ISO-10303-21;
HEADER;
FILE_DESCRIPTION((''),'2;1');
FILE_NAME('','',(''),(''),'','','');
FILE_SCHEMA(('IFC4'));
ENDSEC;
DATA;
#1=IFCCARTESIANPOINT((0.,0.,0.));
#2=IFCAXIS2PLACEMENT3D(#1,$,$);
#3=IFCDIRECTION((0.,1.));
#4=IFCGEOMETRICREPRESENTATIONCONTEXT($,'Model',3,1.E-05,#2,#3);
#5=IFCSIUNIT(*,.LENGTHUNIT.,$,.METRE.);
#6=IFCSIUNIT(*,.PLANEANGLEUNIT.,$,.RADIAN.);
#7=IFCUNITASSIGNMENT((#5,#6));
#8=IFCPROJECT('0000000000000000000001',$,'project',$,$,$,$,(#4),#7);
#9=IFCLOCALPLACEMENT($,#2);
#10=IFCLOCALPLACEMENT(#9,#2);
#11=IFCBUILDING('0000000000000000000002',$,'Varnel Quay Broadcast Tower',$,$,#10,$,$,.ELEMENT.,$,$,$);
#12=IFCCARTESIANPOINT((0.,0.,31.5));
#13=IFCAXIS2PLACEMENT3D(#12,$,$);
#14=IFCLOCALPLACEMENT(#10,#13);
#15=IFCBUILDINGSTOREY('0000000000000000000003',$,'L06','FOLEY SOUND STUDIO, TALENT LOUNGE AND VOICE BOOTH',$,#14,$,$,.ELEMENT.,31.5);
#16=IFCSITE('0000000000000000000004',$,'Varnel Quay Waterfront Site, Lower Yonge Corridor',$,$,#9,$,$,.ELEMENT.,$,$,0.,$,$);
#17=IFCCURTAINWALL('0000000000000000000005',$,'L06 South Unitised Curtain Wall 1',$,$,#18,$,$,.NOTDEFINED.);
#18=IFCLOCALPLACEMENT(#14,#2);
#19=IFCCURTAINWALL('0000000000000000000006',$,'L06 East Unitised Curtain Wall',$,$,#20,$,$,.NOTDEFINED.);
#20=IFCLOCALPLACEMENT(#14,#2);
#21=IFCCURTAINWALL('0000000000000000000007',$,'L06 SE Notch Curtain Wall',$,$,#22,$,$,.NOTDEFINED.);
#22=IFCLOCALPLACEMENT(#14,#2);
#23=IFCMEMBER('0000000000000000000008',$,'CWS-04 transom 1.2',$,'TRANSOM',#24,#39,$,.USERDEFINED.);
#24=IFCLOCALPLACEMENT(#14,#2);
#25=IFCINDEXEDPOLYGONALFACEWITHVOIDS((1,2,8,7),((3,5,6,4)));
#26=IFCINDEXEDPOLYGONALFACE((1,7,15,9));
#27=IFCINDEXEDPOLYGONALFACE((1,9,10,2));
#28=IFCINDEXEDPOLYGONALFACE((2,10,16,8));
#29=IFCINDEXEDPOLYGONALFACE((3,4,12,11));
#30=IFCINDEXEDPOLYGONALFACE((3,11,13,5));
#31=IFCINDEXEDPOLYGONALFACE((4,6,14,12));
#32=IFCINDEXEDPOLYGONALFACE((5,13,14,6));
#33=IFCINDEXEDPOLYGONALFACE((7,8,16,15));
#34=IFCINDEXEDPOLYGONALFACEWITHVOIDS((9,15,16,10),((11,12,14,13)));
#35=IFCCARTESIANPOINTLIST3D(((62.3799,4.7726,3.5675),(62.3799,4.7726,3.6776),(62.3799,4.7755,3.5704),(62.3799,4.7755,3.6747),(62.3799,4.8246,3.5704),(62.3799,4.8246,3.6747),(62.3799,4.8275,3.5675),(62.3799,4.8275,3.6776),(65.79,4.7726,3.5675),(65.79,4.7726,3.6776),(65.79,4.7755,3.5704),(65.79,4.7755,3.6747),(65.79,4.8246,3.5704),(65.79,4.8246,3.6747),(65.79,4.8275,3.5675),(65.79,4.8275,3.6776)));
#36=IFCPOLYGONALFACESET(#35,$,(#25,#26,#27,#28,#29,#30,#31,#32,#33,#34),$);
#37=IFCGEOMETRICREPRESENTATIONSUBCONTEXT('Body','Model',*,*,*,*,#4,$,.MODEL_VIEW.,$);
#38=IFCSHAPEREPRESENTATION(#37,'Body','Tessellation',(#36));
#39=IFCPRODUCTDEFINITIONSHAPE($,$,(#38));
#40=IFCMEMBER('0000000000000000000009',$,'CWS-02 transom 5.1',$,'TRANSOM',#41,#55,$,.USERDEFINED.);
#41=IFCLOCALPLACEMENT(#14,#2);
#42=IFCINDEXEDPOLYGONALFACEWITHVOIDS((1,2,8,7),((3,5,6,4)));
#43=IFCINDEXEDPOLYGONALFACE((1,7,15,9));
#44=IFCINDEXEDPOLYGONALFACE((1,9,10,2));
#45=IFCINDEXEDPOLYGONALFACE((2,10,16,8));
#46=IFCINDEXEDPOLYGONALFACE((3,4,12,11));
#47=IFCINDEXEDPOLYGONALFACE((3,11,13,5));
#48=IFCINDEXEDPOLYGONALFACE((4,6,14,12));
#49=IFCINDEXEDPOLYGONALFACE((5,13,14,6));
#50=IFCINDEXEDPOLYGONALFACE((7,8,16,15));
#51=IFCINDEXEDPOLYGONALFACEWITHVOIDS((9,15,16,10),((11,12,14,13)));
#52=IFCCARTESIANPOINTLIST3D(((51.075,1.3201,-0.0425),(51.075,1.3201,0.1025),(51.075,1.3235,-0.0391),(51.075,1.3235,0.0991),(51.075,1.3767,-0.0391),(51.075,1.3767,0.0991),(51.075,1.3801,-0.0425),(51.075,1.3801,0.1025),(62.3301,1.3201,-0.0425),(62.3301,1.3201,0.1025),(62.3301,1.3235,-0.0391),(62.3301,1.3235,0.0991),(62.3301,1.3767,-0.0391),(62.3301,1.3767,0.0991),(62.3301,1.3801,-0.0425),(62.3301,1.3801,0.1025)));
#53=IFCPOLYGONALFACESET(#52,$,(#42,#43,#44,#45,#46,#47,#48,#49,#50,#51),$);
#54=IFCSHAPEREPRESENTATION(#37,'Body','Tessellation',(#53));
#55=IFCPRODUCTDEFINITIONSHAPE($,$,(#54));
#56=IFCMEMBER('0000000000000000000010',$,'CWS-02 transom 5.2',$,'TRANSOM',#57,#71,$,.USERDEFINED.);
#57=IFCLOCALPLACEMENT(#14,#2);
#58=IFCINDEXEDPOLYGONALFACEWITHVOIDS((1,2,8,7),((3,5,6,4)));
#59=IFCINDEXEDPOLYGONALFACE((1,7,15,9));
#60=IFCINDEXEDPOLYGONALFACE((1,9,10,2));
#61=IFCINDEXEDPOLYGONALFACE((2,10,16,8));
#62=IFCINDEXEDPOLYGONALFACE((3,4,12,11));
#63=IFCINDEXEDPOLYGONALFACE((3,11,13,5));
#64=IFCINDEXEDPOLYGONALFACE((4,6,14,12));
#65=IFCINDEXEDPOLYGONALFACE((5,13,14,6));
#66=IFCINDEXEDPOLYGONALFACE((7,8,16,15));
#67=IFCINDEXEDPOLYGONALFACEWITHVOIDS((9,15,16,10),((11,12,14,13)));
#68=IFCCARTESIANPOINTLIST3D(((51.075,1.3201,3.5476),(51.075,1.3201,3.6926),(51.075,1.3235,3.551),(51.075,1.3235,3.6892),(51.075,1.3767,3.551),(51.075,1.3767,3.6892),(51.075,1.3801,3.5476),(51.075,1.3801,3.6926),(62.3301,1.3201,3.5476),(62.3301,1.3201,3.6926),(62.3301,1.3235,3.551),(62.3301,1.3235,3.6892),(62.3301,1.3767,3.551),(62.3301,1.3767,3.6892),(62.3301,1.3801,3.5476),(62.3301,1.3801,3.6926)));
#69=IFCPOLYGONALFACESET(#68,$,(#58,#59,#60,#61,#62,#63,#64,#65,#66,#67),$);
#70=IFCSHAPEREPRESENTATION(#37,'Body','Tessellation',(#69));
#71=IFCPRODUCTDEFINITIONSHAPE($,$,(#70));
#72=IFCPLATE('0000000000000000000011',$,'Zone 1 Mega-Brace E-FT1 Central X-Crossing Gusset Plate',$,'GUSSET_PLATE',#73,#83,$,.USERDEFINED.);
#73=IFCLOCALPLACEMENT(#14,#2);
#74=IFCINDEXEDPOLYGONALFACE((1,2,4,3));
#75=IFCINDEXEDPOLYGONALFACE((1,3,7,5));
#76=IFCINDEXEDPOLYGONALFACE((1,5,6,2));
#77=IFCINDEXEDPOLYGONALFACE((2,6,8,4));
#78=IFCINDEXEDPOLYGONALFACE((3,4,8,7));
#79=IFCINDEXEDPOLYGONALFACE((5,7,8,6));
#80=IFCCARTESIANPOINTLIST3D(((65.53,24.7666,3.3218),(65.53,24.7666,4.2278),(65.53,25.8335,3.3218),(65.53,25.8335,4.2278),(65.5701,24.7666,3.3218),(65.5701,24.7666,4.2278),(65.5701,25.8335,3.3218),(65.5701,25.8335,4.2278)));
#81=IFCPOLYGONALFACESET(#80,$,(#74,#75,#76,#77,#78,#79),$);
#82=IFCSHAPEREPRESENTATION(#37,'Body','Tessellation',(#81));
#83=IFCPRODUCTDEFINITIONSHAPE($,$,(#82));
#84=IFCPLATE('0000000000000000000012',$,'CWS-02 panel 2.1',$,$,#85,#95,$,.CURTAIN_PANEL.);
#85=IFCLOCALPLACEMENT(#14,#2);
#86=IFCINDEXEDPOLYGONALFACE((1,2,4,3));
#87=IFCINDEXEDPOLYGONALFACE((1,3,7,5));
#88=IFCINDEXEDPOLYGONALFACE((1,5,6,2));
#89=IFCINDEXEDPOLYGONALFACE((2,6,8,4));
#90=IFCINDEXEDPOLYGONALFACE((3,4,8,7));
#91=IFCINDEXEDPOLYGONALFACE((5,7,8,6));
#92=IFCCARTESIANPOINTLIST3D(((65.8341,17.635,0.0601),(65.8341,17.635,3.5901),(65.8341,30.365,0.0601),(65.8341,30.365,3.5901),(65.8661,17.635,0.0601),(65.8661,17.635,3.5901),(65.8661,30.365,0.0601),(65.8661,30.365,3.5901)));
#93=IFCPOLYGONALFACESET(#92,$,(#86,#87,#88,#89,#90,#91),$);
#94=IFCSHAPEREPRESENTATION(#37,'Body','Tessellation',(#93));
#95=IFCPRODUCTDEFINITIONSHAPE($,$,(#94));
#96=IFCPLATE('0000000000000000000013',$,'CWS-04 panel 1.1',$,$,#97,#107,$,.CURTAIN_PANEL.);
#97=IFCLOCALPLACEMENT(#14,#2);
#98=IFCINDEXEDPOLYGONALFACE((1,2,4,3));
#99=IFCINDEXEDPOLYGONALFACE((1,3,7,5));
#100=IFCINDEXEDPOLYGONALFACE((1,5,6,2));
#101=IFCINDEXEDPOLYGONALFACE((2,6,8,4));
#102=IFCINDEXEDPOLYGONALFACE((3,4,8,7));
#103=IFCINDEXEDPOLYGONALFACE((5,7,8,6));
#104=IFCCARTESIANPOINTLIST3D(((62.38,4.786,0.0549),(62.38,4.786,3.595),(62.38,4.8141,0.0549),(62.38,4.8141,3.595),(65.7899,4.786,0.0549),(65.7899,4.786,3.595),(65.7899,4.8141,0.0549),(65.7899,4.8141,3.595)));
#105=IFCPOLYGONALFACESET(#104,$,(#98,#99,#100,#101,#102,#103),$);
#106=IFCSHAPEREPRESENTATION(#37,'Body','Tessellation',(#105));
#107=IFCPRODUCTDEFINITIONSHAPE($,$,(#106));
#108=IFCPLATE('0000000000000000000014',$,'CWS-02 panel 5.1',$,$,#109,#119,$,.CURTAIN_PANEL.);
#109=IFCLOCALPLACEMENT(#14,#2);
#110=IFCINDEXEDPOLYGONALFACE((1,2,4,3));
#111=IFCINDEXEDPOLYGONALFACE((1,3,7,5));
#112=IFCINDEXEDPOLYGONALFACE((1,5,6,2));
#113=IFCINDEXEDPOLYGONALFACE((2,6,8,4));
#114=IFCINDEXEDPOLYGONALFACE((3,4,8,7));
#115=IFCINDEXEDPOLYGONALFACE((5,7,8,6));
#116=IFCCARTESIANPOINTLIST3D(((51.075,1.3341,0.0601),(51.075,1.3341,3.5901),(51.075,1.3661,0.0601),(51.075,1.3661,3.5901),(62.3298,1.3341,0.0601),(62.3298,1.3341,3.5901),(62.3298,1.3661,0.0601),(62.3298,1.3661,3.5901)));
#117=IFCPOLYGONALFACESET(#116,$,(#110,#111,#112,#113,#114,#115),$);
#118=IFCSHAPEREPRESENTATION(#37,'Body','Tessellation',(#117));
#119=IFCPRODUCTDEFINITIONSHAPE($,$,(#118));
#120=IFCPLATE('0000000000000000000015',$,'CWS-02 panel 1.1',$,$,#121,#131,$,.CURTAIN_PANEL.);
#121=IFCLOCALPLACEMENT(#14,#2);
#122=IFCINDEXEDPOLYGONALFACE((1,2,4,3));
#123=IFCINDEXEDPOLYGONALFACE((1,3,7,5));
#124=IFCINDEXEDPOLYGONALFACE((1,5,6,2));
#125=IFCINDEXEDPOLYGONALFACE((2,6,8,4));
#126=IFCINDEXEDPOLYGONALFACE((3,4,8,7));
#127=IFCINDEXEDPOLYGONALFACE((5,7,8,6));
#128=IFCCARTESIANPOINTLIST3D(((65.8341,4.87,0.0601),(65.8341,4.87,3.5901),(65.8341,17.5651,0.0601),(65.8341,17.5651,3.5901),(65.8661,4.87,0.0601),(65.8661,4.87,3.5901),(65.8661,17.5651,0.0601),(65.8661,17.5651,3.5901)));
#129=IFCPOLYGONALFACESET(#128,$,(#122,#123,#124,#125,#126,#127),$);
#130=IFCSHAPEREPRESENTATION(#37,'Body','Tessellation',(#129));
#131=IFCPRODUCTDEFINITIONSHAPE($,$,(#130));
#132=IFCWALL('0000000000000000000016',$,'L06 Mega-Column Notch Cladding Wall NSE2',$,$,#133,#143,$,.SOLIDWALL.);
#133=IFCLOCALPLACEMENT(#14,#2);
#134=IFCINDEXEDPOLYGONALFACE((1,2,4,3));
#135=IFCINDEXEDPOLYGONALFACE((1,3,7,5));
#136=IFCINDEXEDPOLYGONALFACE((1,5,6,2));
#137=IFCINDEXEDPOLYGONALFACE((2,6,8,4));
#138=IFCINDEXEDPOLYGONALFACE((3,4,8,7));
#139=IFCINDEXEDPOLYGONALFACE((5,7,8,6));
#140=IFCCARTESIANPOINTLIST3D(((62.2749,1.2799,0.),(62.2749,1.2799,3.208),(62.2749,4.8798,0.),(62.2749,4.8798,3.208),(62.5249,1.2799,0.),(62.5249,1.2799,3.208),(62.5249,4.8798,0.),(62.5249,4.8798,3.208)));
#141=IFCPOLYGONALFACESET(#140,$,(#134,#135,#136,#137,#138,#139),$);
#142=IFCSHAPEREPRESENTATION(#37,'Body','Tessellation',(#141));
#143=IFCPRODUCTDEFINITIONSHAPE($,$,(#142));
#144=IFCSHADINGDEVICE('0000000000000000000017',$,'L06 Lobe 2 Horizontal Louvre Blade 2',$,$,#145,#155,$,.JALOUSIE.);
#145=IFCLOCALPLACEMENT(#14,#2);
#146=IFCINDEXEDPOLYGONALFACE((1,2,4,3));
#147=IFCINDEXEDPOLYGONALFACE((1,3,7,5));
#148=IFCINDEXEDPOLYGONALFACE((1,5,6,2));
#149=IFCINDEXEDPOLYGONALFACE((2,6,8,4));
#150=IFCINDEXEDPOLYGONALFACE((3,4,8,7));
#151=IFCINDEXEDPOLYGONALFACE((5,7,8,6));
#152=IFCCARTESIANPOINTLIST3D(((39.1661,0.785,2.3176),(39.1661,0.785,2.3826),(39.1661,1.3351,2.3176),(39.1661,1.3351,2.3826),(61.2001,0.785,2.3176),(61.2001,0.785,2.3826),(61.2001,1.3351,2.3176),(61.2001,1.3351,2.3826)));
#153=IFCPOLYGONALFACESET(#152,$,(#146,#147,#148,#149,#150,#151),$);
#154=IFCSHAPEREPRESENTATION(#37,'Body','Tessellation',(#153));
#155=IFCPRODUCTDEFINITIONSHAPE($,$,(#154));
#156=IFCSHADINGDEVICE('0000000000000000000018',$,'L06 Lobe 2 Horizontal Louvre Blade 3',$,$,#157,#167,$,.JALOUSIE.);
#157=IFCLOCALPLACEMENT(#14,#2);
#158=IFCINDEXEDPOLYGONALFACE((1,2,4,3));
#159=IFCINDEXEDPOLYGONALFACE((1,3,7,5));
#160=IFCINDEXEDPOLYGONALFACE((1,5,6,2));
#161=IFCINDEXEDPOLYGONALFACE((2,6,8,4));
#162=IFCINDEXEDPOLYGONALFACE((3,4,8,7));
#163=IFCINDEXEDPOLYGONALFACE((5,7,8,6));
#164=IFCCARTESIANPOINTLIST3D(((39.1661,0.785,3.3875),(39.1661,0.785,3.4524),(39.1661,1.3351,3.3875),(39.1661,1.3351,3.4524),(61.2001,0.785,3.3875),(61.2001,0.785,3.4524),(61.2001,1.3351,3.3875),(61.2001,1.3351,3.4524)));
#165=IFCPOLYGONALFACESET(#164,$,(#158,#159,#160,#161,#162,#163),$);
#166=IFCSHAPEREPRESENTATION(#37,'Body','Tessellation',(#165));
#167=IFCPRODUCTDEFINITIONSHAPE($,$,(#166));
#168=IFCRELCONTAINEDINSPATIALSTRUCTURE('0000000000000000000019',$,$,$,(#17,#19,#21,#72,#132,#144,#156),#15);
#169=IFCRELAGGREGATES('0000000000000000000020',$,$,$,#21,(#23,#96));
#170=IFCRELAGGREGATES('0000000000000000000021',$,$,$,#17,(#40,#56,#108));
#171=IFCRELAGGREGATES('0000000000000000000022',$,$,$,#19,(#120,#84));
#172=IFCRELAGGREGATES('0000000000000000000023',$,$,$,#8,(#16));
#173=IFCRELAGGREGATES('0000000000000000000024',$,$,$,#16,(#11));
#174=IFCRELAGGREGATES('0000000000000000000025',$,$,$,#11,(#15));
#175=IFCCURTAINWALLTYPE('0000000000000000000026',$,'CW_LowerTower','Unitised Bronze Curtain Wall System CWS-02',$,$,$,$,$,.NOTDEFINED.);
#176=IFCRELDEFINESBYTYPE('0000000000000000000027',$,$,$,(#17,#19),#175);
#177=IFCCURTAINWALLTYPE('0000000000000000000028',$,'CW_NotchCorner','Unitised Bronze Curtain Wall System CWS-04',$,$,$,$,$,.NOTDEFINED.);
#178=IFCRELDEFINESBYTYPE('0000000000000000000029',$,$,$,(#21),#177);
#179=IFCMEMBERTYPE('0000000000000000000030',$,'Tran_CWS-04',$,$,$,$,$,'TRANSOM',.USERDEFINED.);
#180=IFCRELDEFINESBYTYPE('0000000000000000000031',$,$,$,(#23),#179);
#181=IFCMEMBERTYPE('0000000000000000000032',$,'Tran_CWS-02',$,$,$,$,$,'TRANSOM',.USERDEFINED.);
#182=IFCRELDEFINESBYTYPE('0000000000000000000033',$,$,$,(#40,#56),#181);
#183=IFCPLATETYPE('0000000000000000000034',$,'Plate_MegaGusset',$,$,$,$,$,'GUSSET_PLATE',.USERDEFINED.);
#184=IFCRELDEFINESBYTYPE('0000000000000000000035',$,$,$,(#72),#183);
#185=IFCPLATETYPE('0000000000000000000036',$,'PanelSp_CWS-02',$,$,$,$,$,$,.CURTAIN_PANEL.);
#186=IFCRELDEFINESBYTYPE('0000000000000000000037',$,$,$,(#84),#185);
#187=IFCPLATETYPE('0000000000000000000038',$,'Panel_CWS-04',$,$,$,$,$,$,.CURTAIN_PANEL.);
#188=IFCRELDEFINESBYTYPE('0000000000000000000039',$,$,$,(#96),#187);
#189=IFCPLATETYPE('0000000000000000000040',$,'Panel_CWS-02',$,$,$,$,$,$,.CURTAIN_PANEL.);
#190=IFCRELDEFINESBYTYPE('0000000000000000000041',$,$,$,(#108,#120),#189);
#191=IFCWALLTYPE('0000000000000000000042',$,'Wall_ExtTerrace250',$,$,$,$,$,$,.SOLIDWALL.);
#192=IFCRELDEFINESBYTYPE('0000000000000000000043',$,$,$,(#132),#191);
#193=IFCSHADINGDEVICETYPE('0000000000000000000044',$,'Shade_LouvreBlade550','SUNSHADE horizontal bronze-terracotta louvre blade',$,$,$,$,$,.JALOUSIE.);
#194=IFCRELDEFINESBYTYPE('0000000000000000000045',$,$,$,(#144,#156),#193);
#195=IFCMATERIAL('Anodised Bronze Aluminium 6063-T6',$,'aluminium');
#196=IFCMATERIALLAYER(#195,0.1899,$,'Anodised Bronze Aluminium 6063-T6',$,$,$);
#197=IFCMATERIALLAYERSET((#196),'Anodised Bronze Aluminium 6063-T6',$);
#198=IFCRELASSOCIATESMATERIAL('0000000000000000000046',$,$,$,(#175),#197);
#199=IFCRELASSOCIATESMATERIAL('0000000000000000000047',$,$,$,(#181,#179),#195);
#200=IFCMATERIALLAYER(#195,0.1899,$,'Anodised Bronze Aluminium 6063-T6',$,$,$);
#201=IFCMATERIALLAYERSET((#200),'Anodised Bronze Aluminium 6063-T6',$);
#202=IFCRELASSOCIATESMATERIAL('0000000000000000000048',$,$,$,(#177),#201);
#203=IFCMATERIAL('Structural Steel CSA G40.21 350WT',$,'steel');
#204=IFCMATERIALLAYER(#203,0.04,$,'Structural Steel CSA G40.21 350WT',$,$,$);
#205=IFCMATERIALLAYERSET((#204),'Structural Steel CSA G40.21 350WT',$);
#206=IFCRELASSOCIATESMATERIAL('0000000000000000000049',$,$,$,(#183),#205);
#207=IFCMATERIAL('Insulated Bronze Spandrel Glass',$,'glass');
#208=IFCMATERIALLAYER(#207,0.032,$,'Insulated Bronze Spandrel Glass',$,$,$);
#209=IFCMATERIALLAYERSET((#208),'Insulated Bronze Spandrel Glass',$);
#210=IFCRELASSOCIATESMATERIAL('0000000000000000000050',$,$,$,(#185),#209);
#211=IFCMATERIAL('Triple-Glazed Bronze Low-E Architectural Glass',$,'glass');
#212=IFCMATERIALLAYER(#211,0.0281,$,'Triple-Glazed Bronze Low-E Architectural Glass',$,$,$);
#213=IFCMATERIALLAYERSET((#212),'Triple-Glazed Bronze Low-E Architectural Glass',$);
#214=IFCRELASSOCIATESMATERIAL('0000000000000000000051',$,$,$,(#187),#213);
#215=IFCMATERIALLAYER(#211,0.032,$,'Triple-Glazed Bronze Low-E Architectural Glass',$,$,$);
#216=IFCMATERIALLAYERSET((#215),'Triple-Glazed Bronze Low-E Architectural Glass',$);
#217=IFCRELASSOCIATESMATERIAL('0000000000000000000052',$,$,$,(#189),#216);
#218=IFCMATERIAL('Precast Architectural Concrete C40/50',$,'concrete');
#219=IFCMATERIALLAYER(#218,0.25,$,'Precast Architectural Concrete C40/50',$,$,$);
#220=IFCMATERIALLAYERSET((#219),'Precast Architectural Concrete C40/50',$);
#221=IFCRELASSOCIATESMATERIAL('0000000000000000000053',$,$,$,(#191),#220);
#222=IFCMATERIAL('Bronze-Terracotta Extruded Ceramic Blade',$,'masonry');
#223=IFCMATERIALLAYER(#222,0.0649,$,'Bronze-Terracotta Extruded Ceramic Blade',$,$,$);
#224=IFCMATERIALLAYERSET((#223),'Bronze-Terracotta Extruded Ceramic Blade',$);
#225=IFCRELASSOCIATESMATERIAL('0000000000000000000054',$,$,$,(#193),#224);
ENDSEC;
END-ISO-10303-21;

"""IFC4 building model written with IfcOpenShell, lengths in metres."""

from ifc_helpers import new_model, si_unit, direction, frame, frame_2d, origin, origin_2d, place, context, subcontext, project, spatial, rectangle, hollow_rectangle, extrude, source, transform, mapped, material, layer, layer_set, material_profile, profile_set, type_object, type_shapes, element, aggregate, save


model = new_model("IFC4")

# Units and contexts
model_context = context("Model", 3, precision=1e-05, world=origin(), true_north=direction((0.0, 1.0)))
body_context = subcontext(model_context, "Body", "Model", "MODEL_VIEW")
ifc_project = project(units=[si_unit("LENGTHUNIT", "METRE"), si_unit("PLANEANGLEUNIT", "RADIAN")], contexts=[model_context])

# Site, building, storey
site_placement = place(None, origin())
site = spatial("IfcSite", under=ifc_project, at=site_placement, Name="Varnel Quay Waterfront Site, Lower Yonge Corridor", CompositionType="ELEMENT", RefElevation=0.0)
building_placement = place(site_placement, origin())
building = spatial("IfcBuilding", under=site, at=building_placement, Name="Varnel Quay Broadcast Tower", CompositionType="ELEMENT")
storey_placement = place(building_placement, frame((0.0, 0.0, 31.5)))
storey = spatial("IfcBuildingStorey", under=building, at=storey_placement, Name="L06", Description="FOLEY SOUND STUDIO, TALENT LOUNGE AND VOICE BOOTH", CompositionType="ELEMENT", Elevation=31.5)

# Shared definitions
ifc_material_1 = material(Name="Structural Steel CSA G40.21 350WT", Category="steel")

# Curtain walls, member
ifc_material_2 = material(Name="Anodised Bronze Aluminium 6063-T6", Category="aluminium")
ifc_layer_1 = layer(ifc_material_2, 0.1899, Name="Anodised Bronze Aluminium 6063-T6")
ifc_layer_set_1 = layer_set([ifc_layer_1], Name="Anodised Bronze Aluminium 6063-T6")
curtain_wall_type_1 = type_object("IfcCurtainWallType", Name="CW_LowerTower", Description="Unitised Bronze Curtain Wall System CWS-02", PredefinedType="NOTDEFINED", material=ifc_layer_set_1)
curtain_wall_1_placement = place(storey_placement, origin())
curtain_wall_1 = element("IfcCurtainWall", 1, at=curtain_wall_1_placement, inside=storey, type_object=curtain_wall_type_1, Name="L06 South Unitised Curtain Wall 1", PredefinedType="NOTDEFINED")
curtain_wall_2_placement = place(storey_placement, origin())
curtain_wall_2 = element("IfcCurtainWall", 2, at=curtain_wall_2_placement, inside=storey, type_object=curtain_wall_type_1, Name="L06 East Unitised Curtain Wall", PredefinedType="NOTDEFINED")
ifc_material_profile_1 = material_profile(ifc_material_2, hollow_rectangle(XDim=0.0601, YDim=0.145, WallThickness=0.0034, at=origin_2d()), Name="ALU60X145X3.5")
ifc_profile_set_1 = profile_set([ifc_material_profile_1], Name="Anodised Bronze Aluminium 6063-T6")
member_type_1 = type_object("IfcMemberType", Name="Tran_CWS-02", ElementType="TRANSOM", PredefinedType="USERDEFINED", material=ifc_profile_set_1)
ifc_layer_2 = layer(ifc_material_2, 0.1899, Name="Anodised Bronze Aluminium 6063-T6")
ifc_layer_set_2 = layer_set([ifc_layer_2], Name="Anodised Bronze Aluminium 6063-T6")
curtain_wall_type_2 = type_object("IfcCurtainWallType", Name="CW_NotchCorner", Description="Unitised Bronze Curtain Wall System CWS-04", PredefinedType="NOTDEFINED", material=ifc_layer_set_2)
curtain_wall_3_placement = place(storey_placement, origin())
curtain_wall_3 = element("IfcCurtainWall", 3, at=curtain_wall_3_placement, inside=storey, type_object=curtain_wall_type_2, Name="L06 SE Notch Curtain Wall", PredefinedType="NOTDEFINED")
ifc_material_profile_2 = material_profile(ifc_material_2, hollow_rectangle(XDim=0.0549, YDim=0.1101, WallThickness=0.0029, at=origin_2d()), Name="ALU55X110X3")
ifc_profile_set_2 = profile_set([ifc_material_profile_2], Name="Anodised Bronze Aluminium 6063-T6")
member_type_2 = type_object("IfcMemberType", Name="Tran_CWS-04", ElementType="TRANSOM", PredefinedType="USERDEFINED", material=ifc_profile_set_2)
shared_shape_1 = source(origin(), body_context, "Body", "SweptSolid", [
    extrude(hollow_rectangle(XDim=0.0549, YDim=0.1101, WallThickness=0.0029, at=origin_2d()), origin(), (0.0, 0.0, 1.0), 3.4102),
])
type_shapes(member_type_2, [shared_shape_1])
member_1_placement = place(storey_placement, frame((62.3799, 4.8, 3.6226), z_axis=(1.0, 0.0, 0.0), x_axis=(0.0, 1.0, 0.0)))
member_1 = element("IfcMember", 4, at=member_1_placement, type_object=member_type_2, Name="CWS-04 transom 1.2", ObjectType="TRANSOM", PredefinedType="USERDEFINED", context=body_context, shape_type="MappedRepresentation", body=[
    mapped(shared_shape_1, transform((0.0, 0.0, 0.0), x_axis=(1.0, 0.0, 0.0), y_axis=(0.0, 1.0, 0.0), z_axis=(0.0, 0.0, 1.0), scale=1.0)),
])

# Members
shared_shape_2 = source(origin(), body_context, "Body", "SweptSolid", [
    extrude(hollow_rectangle(XDim=0.0601, YDim=0.145, WallThickness=0.0034, at=origin_2d()), origin(), (0.0, 0.0, 1.0), 11.2551),
])
member_2_placement = place(storey_placement, frame((51.075, 1.3501, 0.03), z_axis=(1.0, 0.0, 0.0), x_axis=(0.0, 1.0, 0.0)))
member_2 = element("IfcMember", 5, at=member_2_placement, type_object=member_type_1, Name="CWS-02 transom 5.1", ObjectType="TRANSOM", PredefinedType="USERDEFINED", context=body_context, shape_type="MappedRepresentation", body=[
    mapped(shared_shape_2, transform((0.0, 0.0, 0.0), x_axis=(1.0, 0.0, 0.0), y_axis=(0.0, 1.0, 0.0), z_axis=(0.0, 0.0, 1.0), scale=1.0)),
])
member_3_placement = place(storey_placement, frame((51.075, 1.3501, 3.6201), z_axis=(1.0, 0.0, 0.0), x_axis=(0.0, 1.0, 0.0)))
member_3 = element("IfcMember", 6, at=member_3_placement, type_object=member_type_1, Name="CWS-02 transom 5.2", ObjectType="TRANSOM", PredefinedType="USERDEFINED", context=body_context, shape_type="MappedRepresentation", body=[
    mapped(shared_shape_2, transform((0.0, 0.0, 0.0), x_axis=(1.0, 0.0, 0.0), y_axis=(0.0, 1.0, 0.0), z_axis=(0.0, 0.0, 1.0), scale=1.0)),
])

# Plates
ifc_layer_3 = layer(ifc_material_1, 0.04, Name="Structural Steel CSA G40.21 350WT")
ifc_layer_set_3 = layer_set([ifc_layer_3], Name="Structural Steel CSA G40.21 350WT")
plate_type_1 = type_object("IfcPlateType", Name="Plate_MegaGusset", ElementType="GUSSET_PLATE", PredefinedType="USERDEFINED", material=ifc_layer_set_3)
shared_shape_3 = source(origin(), body_context, "Body", "SweptSolid", [
    extrude(rectangle(XDim=1.0669, YDim=0.04, at=origin_2d()), origin(), (0.0, 0.0, 1.0), 0.906),
])
type_shapes(plate_type_1, [shared_shape_3])
plate_1_placement = place(storey_placement, frame((65.55, 25.3, 3.3218), z_axis=(0.0, 0.0, 1.0), x_axis=(0.0, 1.0, 0.0)))
element("IfcPlate", 7, at=plate_1_placement, inside=storey, type_object=plate_type_1, Name="Zone 1 Mega-Brace E-FT1 Central X-Crossing Gusset Plate", ObjectType="GUSSET_PLATE", PredefinedType="USERDEFINED", context=body_context, shape_type="MappedRepresentation", body=[
    mapped(shared_shape_3, transform((0.0, 0.0, 0.0), x_axis=(1.0, 0.0, 0.0), y_axis=(0.0, 1.0, 0.0), z_axis=(0.0, 0.0, 1.0), scale=1.0)),
])
ifc_material_3 = material(Name="Insulated Bronze Spandrel Glass", Category="glass")
ifc_layer_4 = layer(ifc_material_3, 0.032, Name="Insulated Bronze Spandrel Glass")
ifc_layer_set_4 = layer_set([ifc_layer_4], Name="Insulated Bronze Spandrel Glass")
plate_type_2 = type_object("IfcPlateType", Name="PanelSp_CWS-02", PredefinedType="CURTAIN_PANEL", material=ifc_layer_set_4)
shared_shape_4 = source(origin(), body_context, "Body", "SweptSolid", [
    extrude(rectangle(XDim=12.73, YDim=0.032, at=origin_2d()), origin(), (0.0, 0.0, 1.0), 3.53),
])
type_shapes(plate_type_2, [shared_shape_4])
plate_2_placement = place(storey_placement, frame((65.8501, 24.0, 0.0601), z_axis=(0.0, 0.0, 1.0), x_axis=(0.0, 1.0, 0.0)))
plate_2 = element("IfcPlate", 8, at=plate_2_placement, type_object=plate_type_2, Name="CWS-02 panel 2.1", PredefinedType="CURTAIN_PANEL", context=body_context, shape_type="MappedRepresentation", body=[
    mapped(shared_shape_4, transform((0.0, 0.0, 0.0), x_axis=(1.0, 0.0, 0.0), y_axis=(0.0, 1.0, 0.0), z_axis=(0.0, 0.0, 1.0), scale=1.0)),
])
ifc_material_4 = material(Name="Triple-Glazed Bronze Low-E Architectural Glass", Category="glass")
ifc_layer_5 = layer(ifc_material_4, 0.0281, Name="Triple-Glazed Bronze Low-E Architectural Glass")
ifc_layer_set_5 = layer_set([ifc_layer_5], Name="Triple-Glazed Bronze Low-E Architectural Glass")
plate_type_3 = type_object("IfcPlateType", Name="Panel_CWS-04", PredefinedType="CURTAIN_PANEL", material=ifc_layer_set_5)
shared_shape_5 = source(origin(), body_context, "Body", "SweptSolid", [
    extrude(rectangle(XDim=3.4099, YDim=0.0281, at=origin_2d()), origin(), (0.0, 0.0, 1.0), 3.54),
])
type_shapes(plate_type_3, [shared_shape_5])
plate_3_placement = place(storey_placement, frame((64.085, 4.8, 0.0549), z_axis=(0.0, 0.0, 1.0), x_axis=(1.0, 0.0, 0.0)))
plate_3 = element("IfcPlate", 9, at=plate_3_placement, type_object=plate_type_3, Name="CWS-04 panel 1.1", PredefinedType="CURTAIN_PANEL", context=body_context, shape_type="MappedRepresentation", body=[
    mapped(shared_shape_5, transform((0.0, 0.0, 0.0), x_axis=(1.0, 0.0, 0.0), y_axis=(0.0, 1.0, 0.0), z_axis=(0.0, 0.0, 1.0), scale=1.0)),
])
aggregate(curtain_wall_3, [member_1, plate_3])
ifc_layer_6 = layer(ifc_material_4, 0.032, Name="Triple-Glazed Bronze Low-E Architectural Glass")
ifc_layer_set_6 = layer_set([ifc_layer_6], Name="Triple-Glazed Bronze Low-E Architectural Glass")
plate_type_4 = type_object("IfcPlateType", Name="Panel_CWS-02", PredefinedType="CURTAIN_PANEL", material=ifc_layer_set_6)
shared_shape_6 = source(origin(), body_context, "Body", "SweptSolid", [
    extrude(rectangle(XDim=11.2549, YDim=0.032, at=origin_2d()), origin(), (0.0, 0.0, 1.0), 3.53),
])
plate_4_placement = place(storey_placement, frame((56.7024, 1.3501, 0.0601), z_axis=(0.0, 0.0, 1.0), x_axis=(1.0, 0.0, 0.0)))
plate_4 = element("IfcPlate", 10, at=plate_4_placement, type_object=plate_type_4, Name="CWS-02 panel 5.1", PredefinedType="CURTAIN_PANEL", context=body_context, shape_type="MappedRepresentation", body=[
    mapped(shared_shape_6, transform((0.0, 0.0, 0.0), x_axis=(1.0, 0.0, 0.0), y_axis=(0.0, 1.0, 0.0), z_axis=(0.0, 0.0, 1.0), scale=1.0)),
])
aggregate(curtain_wall_1, [member_2, member_3, plate_4])
shared_shape_7 = source(origin(), body_context, "Body", "SweptSolid", [
    extrude(rectangle(XDim=12.6951, YDim=0.032, at=origin_2d()), origin(), (0.0, 0.0, 1.0), 3.53),
])
type_shapes(plate_type_4, [shared_shape_6, shared_shape_7])
plate_5_placement = place(storey_placement, frame((65.8501, 11.2175, 0.0601), z_axis=(0.0, 0.0, 1.0), x_axis=(0.0, 1.0, 0.0)))
plate_5 = element("IfcPlate", 11, at=plate_5_placement, type_object=plate_type_4, Name="CWS-02 panel 1.1", PredefinedType="CURTAIN_PANEL", context=body_context, shape_type="MappedRepresentation", body=[
    mapped(shared_shape_7, transform((0.0, 0.0, 0.0), x_axis=(1.0, 0.0, 0.0), y_axis=(0.0, 1.0, 0.0), z_axis=(0.0, 0.0, 1.0), scale=1.0)),
])
aggregate(curtain_wall_2, [plate_5, plate_2])

# Wall
ifc_material_5 = material(Name="Precast Architectural Concrete C40/50", Category="concrete")
ifc_layer_7 = layer(ifc_material_5, 0.25, Name="Precast Architectural Concrete C40/50")
ifc_layer_set_7 = layer_set([ifc_layer_7], Name="Precast Architectural Concrete C40/50")
wall_type = type_object("IfcWallType", Name="Wall_ExtTerrace250", PredefinedType="SOLIDWALL", material=ifc_layer_set_7)
wall_placement = place(storey_placement, frame((62.3999, 1.28, 0.0), z_axis=(0.0, 0.0, 1.0), x_axis=(0.0, 1.0, 0.0)))
element("IfcWall", 12, at=wall_placement, inside=storey, type_object=wall_type, Name="L06 Mega-Column Notch Cladding Wall NSE2", PredefinedType="SOLIDWALL", context=body_context, shape_type="SweptSolid", body=[
    extrude(rectangle(XDim=3.5999, YDim=0.25, at=frame_2d((1.7998, 0.0))), origin(), (0.0, 0.0, 1.0), 3.208),
])

# Shading devices
ifc_material_6 = material(Name="Bronze-Terracotta Extruded Ceramic Blade", Category="masonry")
ifc_layer_8 = layer(ifc_material_6, 0.0649, Name="Bronze-Terracotta Extruded Ceramic Blade")
ifc_layer_set_8 = layer_set([ifc_layer_8], Name="Bronze-Terracotta Extruded Ceramic Blade")
shading_device_type = type_object("IfcShadingDeviceType", Name="Shade_LouvreBlade550", Description="SUNSHADE horizontal bronze-terracotta louvre blade", PredefinedType="JALOUSIE", material=ifc_layer_set_8)
shared_shape_8 = source(origin(), body_context, "Body", "SweptSolid", [
    extrude(rectangle(XDim=22.0339, YDim=0.55, at=origin_2d()), origin(), (0.0, 0.0, 1.0), 0.0649),
])
type_shapes(shading_device_type, [shared_shape_8])
for number, where, z_axis, x_axis, name in (
    (13, (50.1831, 1.0601, 2.3176), (0.0, 0.0, 1.0), (1.0, 0.0, 0.0), "L06 Lobe 2 Horizontal Louvre Blade 2"),
    (14, (50.1831, 1.0601, 3.3875), (0.0, 0.0, 1.0), (1.0, 0.0, 0.0), "L06 Lobe 2 Horizontal Louvre Blade 3"),
):
    element("IfcShadingDevice", number, at=place(storey_placement, frame(where, z_axis=z_axis, x_axis=x_axis)), inside=storey, type_object=shading_device_type, Name=name, PredefinedType="JALOUSIE", context=body_context, shape_type="MappedRepresentation", body=[
        mapped(shared_shape_8, transform((0.0, 0.0, 0.0), x_axis=(1.0, 0.0, 0.0), y_axis=(0.0, 1.0, 0.0), z_axis=(0.0, 0.0, 1.0), scale=1.0)),
    ])

save(model, "model.ifc")
